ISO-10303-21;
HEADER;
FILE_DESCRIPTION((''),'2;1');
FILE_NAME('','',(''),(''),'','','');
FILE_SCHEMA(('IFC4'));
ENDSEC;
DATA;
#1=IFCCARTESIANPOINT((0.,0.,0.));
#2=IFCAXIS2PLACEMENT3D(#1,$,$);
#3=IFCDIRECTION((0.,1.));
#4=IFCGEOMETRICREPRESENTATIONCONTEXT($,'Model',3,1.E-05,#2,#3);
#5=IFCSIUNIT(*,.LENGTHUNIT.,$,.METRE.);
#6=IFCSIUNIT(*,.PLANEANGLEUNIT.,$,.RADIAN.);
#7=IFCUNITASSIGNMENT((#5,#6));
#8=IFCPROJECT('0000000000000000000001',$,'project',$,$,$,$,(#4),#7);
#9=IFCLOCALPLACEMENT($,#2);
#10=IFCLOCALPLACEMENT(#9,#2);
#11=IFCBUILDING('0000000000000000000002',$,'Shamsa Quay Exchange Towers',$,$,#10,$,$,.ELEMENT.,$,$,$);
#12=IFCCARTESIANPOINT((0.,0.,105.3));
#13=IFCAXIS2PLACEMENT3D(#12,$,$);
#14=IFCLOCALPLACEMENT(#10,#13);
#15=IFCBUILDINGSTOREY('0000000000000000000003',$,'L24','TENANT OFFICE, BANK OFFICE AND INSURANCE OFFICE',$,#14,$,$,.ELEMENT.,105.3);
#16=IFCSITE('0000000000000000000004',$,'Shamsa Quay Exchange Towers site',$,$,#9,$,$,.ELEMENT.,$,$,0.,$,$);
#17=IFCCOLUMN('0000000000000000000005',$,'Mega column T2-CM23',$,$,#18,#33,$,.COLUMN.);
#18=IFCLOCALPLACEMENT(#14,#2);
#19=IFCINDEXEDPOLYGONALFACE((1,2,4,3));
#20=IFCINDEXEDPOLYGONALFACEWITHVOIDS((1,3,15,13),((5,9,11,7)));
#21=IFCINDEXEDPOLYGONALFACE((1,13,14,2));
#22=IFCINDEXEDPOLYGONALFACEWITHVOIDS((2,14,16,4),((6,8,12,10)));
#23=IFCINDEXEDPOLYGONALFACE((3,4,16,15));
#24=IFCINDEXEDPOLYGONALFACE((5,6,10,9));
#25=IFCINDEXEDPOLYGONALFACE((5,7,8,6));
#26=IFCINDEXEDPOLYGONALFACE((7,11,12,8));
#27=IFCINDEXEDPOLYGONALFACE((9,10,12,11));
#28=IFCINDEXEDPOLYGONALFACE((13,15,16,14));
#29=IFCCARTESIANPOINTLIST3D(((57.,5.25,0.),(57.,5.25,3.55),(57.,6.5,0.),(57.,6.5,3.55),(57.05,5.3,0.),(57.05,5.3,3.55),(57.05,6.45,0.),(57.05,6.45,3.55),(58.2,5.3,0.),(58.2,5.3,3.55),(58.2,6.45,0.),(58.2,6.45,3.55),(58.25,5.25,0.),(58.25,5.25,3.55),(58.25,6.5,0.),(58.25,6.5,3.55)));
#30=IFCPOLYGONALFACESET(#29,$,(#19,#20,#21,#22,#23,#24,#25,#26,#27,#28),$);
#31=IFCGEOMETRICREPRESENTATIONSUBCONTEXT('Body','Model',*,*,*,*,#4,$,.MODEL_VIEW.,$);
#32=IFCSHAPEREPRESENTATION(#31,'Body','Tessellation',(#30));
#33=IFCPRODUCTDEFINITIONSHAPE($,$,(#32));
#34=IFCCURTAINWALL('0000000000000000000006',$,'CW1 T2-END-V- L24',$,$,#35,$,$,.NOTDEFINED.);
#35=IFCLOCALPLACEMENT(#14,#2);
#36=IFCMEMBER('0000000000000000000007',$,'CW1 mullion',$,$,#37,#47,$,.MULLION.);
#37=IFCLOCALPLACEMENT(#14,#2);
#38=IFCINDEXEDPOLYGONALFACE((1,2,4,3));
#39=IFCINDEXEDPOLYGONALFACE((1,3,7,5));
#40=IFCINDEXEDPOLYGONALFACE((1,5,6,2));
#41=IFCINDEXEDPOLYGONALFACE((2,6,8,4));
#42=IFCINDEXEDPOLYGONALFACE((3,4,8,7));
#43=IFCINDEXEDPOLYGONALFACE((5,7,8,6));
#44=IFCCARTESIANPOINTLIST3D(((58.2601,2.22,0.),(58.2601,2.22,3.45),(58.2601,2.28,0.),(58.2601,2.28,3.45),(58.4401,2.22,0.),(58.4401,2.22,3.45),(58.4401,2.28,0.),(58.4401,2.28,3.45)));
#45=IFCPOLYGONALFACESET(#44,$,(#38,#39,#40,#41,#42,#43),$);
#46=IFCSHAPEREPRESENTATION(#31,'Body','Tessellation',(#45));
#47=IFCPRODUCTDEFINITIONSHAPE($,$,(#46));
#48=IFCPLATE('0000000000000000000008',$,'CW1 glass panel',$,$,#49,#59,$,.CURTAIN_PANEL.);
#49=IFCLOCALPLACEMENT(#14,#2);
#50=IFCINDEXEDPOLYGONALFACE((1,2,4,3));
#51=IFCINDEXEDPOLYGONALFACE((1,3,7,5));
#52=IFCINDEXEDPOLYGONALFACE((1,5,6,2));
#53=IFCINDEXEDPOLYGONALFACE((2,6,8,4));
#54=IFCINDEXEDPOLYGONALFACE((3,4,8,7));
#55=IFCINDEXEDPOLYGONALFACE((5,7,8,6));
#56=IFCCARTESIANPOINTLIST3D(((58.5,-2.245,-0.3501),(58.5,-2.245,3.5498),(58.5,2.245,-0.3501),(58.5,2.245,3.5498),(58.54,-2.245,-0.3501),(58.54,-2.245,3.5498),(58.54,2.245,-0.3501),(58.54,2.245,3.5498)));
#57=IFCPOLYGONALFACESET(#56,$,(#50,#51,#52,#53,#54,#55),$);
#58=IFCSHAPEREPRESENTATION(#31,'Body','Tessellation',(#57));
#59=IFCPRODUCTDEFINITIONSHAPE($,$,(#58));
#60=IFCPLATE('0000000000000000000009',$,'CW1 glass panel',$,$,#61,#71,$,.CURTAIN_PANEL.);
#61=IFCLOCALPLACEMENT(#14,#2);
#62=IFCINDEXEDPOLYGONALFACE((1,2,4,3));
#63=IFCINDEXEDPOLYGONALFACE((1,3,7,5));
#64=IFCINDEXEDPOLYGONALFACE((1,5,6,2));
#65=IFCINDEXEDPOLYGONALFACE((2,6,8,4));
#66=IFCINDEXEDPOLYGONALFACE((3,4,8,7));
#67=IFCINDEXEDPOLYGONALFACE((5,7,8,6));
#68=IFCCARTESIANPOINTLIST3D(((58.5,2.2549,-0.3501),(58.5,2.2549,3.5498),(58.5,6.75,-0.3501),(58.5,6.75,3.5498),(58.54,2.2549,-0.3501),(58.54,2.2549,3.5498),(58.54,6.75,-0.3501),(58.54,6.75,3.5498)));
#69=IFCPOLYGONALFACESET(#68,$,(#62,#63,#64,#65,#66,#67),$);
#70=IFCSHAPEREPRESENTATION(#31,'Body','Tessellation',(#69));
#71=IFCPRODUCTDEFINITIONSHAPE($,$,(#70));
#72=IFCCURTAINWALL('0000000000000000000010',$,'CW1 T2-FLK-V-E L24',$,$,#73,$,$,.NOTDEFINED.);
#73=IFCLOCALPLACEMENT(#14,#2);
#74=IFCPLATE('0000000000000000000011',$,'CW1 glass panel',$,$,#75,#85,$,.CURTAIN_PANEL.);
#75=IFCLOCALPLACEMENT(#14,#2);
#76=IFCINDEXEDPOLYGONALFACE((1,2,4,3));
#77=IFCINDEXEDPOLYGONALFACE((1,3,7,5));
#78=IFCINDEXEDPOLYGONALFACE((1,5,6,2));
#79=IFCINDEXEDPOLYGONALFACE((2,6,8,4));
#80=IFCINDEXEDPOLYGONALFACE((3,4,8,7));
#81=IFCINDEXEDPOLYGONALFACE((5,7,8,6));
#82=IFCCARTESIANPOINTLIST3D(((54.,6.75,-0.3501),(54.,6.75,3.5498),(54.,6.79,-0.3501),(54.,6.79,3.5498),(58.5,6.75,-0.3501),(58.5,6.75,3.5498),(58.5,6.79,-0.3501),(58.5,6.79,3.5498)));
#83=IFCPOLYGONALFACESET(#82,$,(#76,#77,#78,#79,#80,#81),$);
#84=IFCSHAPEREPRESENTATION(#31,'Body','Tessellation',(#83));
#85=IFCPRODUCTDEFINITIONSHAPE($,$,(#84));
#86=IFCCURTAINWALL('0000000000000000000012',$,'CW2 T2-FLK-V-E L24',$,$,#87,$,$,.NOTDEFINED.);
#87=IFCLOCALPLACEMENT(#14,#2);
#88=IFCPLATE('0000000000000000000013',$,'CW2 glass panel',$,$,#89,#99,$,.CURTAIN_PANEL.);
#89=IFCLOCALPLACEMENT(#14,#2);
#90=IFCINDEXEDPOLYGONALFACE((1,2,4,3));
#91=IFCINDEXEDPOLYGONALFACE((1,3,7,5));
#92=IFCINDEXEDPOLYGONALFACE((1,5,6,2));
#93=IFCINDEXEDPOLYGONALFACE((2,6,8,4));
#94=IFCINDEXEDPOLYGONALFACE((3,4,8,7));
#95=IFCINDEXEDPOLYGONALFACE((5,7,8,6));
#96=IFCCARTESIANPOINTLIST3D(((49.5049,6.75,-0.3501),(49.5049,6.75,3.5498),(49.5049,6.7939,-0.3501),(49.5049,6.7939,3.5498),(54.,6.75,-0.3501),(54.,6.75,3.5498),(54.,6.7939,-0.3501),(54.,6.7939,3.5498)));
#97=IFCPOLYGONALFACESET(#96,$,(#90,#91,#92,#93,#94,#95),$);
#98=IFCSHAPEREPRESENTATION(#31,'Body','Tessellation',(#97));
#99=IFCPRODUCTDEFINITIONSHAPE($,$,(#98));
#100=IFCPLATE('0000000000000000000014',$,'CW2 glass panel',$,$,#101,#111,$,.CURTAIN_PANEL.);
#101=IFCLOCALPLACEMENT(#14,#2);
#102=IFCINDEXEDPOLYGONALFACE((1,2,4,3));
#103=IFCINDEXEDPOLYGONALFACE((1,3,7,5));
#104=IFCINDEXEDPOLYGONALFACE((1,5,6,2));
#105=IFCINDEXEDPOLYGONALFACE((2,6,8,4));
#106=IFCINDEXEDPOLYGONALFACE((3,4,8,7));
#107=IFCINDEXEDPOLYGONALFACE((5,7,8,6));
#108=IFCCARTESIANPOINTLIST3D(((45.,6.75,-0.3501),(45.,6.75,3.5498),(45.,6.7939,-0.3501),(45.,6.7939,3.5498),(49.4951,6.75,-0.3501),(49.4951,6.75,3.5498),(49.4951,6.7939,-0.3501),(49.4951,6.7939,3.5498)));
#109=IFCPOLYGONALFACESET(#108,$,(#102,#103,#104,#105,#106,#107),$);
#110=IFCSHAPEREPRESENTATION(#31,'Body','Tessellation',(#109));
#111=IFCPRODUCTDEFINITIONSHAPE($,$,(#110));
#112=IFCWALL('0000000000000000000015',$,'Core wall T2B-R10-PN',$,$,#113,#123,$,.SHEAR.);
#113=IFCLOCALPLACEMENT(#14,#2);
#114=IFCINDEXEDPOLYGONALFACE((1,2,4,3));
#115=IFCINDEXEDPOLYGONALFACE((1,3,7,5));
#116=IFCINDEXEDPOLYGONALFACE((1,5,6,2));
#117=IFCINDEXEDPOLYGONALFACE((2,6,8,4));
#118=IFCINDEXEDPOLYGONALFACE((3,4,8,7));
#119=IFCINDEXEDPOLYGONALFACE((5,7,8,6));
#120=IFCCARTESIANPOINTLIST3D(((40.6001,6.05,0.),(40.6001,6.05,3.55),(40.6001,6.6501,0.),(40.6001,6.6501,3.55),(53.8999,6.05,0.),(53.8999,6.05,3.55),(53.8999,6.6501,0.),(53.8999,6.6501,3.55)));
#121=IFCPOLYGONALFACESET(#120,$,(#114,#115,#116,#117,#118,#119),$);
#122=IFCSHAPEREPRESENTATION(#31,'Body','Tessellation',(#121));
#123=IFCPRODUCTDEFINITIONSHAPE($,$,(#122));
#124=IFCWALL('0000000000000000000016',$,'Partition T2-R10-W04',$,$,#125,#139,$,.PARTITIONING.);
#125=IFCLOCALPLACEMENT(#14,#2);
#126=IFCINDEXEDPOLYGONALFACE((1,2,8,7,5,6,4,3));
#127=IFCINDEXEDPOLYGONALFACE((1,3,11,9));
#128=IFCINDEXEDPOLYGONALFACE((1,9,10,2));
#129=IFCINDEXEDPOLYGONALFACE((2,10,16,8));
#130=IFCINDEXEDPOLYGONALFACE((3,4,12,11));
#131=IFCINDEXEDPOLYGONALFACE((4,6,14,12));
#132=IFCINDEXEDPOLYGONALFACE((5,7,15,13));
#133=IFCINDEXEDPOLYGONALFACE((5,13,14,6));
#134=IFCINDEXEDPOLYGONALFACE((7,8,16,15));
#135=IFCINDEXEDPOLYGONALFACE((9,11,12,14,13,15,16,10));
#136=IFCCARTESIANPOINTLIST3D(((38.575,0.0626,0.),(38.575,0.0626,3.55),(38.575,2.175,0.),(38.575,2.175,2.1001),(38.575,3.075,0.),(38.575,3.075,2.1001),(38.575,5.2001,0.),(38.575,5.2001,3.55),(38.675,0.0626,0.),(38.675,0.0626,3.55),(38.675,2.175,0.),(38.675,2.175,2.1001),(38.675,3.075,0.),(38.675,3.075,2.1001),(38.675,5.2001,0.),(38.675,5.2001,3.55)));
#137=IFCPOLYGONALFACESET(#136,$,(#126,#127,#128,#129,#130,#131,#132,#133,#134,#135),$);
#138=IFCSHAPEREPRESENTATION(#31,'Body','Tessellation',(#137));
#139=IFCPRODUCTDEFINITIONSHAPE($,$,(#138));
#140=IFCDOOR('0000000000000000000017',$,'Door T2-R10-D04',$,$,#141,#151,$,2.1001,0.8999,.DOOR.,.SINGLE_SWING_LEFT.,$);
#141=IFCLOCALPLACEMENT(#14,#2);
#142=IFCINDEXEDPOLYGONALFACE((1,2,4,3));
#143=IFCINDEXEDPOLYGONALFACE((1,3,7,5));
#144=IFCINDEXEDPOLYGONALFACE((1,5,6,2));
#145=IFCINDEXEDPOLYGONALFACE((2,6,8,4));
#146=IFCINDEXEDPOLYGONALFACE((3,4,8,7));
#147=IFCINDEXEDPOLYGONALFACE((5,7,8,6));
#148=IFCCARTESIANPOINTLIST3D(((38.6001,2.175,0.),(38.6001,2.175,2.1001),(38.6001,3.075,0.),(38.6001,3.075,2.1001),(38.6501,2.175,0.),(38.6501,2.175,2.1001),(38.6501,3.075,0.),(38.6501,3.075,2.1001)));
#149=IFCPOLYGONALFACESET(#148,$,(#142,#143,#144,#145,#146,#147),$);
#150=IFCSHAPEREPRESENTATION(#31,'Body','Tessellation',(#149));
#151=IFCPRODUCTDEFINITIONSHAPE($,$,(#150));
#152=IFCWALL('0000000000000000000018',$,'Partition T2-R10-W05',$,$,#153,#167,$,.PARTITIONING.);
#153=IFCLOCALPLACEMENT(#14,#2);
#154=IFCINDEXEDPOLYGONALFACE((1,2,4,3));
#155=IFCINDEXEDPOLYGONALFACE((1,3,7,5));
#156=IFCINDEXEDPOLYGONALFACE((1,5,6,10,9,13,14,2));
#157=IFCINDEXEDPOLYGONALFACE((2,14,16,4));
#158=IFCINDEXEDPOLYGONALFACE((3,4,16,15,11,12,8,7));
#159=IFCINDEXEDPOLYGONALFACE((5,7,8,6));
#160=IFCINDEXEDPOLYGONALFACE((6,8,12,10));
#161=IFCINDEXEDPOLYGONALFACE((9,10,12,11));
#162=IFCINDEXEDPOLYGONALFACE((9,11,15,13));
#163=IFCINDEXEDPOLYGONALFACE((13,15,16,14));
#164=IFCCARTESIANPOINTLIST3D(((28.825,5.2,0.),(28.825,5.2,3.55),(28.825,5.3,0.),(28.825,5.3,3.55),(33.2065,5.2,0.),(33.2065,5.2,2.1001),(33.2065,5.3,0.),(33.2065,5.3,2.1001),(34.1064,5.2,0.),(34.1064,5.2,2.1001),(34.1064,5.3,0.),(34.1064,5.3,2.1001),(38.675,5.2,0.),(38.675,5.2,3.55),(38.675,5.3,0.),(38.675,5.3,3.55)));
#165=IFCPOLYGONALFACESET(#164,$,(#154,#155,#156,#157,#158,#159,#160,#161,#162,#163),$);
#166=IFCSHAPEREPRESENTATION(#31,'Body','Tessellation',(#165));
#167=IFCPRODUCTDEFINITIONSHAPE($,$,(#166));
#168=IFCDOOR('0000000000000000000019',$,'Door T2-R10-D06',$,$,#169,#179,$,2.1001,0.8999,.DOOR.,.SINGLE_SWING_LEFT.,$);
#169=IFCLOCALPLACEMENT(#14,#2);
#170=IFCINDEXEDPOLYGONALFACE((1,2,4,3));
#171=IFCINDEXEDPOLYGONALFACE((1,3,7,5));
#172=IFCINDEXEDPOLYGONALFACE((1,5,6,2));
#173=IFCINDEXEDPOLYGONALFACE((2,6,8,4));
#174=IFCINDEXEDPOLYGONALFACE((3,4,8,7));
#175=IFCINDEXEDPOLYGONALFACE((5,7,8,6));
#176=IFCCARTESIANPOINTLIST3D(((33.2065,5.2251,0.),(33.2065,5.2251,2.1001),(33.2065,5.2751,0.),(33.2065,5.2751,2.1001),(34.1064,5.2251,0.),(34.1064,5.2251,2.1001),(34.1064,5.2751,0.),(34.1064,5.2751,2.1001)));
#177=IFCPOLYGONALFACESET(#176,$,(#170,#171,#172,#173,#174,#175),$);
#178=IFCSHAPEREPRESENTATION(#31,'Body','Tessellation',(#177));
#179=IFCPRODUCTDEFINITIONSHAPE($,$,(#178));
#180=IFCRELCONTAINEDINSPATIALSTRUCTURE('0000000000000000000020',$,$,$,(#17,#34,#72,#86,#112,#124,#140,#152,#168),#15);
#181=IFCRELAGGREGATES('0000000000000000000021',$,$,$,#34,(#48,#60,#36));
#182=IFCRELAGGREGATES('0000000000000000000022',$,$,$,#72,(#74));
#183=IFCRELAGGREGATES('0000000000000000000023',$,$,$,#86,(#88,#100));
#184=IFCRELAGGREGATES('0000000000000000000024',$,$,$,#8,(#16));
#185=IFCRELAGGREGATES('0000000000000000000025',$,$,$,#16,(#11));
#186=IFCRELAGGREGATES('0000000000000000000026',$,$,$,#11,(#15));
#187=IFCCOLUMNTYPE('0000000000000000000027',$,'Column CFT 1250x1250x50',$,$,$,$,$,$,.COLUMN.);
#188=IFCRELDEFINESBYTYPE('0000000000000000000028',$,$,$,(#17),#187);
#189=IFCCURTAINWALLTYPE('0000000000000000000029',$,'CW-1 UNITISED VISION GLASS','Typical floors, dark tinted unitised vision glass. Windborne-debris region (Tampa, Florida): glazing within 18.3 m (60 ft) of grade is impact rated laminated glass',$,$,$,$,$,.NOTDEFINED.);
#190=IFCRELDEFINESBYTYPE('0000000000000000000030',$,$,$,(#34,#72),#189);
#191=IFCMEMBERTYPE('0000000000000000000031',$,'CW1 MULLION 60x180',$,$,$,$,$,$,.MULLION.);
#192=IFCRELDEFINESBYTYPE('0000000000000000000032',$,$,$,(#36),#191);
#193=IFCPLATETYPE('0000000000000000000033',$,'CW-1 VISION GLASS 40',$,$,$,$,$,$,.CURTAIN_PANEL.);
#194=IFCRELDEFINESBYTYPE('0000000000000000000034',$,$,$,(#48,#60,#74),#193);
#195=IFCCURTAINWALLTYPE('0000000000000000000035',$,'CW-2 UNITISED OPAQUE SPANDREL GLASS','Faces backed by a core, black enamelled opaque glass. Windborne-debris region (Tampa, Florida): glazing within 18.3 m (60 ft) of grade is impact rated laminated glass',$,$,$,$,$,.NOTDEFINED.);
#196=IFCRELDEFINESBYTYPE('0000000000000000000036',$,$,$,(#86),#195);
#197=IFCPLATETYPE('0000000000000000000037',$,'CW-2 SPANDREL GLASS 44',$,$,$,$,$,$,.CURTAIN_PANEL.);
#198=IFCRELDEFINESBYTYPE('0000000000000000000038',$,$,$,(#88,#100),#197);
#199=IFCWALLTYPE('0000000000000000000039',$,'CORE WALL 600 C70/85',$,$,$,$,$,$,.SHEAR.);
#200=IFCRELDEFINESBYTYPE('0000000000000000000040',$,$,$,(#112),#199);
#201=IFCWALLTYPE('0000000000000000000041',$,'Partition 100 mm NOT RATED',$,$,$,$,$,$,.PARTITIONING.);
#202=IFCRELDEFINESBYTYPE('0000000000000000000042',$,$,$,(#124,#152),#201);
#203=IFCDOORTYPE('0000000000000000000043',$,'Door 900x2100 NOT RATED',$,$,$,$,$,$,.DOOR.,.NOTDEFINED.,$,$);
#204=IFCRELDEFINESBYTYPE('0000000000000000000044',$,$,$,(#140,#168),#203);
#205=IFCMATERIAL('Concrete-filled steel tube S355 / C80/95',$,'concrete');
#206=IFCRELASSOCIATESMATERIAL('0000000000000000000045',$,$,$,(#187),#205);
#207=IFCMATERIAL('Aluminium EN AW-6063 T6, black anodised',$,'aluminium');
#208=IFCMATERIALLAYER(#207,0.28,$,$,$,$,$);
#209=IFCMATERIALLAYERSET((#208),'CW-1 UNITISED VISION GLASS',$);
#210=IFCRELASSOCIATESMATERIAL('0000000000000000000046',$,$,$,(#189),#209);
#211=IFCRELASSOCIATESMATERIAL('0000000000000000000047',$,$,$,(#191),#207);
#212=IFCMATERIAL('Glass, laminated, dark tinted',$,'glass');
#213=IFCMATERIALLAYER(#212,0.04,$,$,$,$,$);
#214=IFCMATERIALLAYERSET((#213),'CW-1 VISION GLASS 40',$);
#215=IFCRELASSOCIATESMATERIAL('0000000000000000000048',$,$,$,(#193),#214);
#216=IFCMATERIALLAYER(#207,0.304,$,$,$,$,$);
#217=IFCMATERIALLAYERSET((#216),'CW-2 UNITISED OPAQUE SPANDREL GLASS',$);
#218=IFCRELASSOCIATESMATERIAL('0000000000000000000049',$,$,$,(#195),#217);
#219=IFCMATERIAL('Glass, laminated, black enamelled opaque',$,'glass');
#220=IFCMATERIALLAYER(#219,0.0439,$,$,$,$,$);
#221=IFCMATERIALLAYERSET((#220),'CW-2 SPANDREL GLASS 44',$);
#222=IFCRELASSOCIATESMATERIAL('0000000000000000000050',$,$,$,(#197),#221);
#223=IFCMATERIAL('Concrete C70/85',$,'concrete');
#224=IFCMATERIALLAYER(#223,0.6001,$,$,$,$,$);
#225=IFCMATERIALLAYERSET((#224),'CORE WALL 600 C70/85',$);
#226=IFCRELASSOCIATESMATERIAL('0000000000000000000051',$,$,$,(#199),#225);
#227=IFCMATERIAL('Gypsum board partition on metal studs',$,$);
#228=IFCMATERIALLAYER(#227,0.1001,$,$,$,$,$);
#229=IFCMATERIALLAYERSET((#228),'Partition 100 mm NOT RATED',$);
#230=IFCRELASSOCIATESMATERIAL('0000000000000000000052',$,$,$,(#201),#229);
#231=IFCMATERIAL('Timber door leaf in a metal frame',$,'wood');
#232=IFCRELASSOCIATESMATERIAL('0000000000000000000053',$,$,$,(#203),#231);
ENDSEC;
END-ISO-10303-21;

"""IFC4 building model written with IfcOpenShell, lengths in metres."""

from ifc_helpers import new_model, si_unit, direction, frame, frame_2d, origin, origin_2d, place, context, subcontext, project, spatial, rectangle, hollow_rectangle, extrude, material, layer, layer_set, material_profile, profile_set, type_object, element, fill, aggregate, save


model = new_model("IFC4")

# Units and contexts
model_context = context("Model", 3, precision=1e-05, world=origin(), true_north=direction((0.0, 1.0)))
body_context = subcontext(model_context, "Body", "Model", "MODEL_VIEW")
ifc_project = project(units=[si_unit("LENGTHUNIT", "METRE"), si_unit("PLANEANGLEUNIT", "RADIAN")], contexts=[model_context])

# Site, building, storey
site_placement = place(None, origin())
site = spatial("IfcSite", under=ifc_project, at=site_placement, Name="Shamsa Quay Exchange Towers site", CompositionType="ELEMENT", RefElevation=0.0)
building_placement = place(site_placement, origin())
building = spatial("IfcBuilding", under=site, at=building_placement, Name="Shamsa Quay Exchange Towers", CompositionType="ELEMENT")
storey_placement = place(building_placement, frame((0.0, 0.0, 105.3)))
storey = spatial("IfcBuildingStorey", under=building, at=storey_placement, Name="L24", Description="TENANT OFFICE, BANK OFFICE AND INSURANCE OFFICE", CompositionType="ELEMENT", Elevation=105.3)

# Column
ifc_material_1 = material(Name="Concrete-filled steel tube S355 / C80/95", Category="concrete")
ifc_material_profile_1 = material_profile(ifc_material_1, hollow_rectangle(XDim=1.25, YDim=1.25, WallThickness=0.05, at=origin_2d()), Name="CFT 1250x1250x50")
ifc_profile_set_1 = profile_set([ifc_material_profile_1], Name="Concrete-filled steel tube S355 / C80/95")
column_type = type_object("IfcColumnType", Name="Column CFT 1250x1250x50", PredefinedType="COLUMN", material=ifc_profile_set_1)
column_placement = place(storey_placement, frame((57.625, 5.875, 0.0)))
element("IfcColumn", 1, at=column_placement, inside=storey, type_object=column_type, Name="Mega column T2-CM23", PredefinedType="COLUMN", context=body_context, shape_type="SweptSolid", body=[
    extrude(hollow_rectangle(XDim=1.25, YDim=1.25, WallThickness=0.05, at=origin_2d()), origin(), (0.0, 0.0, 1.0), 3.55),
])

# Curtain wall, member, plates
ifc_material_2 = material(Name="Aluminium EN AW-6063 T6, black anodised", Category="aluminium")
ifc_layer_1 = layer(ifc_material_2, 0.28)
ifc_layer_set_1 = layer_set([ifc_layer_1], Name="CW-1 UNITISED VISION GLASS")
curtain_wall_type_1 = type_object("IfcCurtainWallType", Name="CW-1 UNITISED VISION GLASS", Description="Typical floors, dark tinted unitised vision glass. Windborne-debris region (Tampa, Florida): glazing within 18.3 m (60 ft) of grade is impact rated laminated glass", PredefinedType="NOTDEFINED", material=ifc_layer_set_1)
curtain_wall_1_placement = place(storey_placement, origin())
curtain_wall_1 = element("IfcCurtainWall", 2, at=curtain_wall_1_placement, inside=storey, type_object=curtain_wall_type_1, Name="CW1 T2-END-V- L24", PredefinedType="NOTDEFINED")
ifc_material_profile_2 = material_profile(ifc_material_2, rectangle(XDim=0.1799, YDim=0.0601, at=origin_2d()), Name="MU60x180")
ifc_profile_set_2 = profile_set([ifc_material_profile_2], Name="Aluminium EN AW-6063 T6, black anodised")
member_type = type_object("IfcMemberType", Name="CW1 MULLION 60x180", PredefinedType="MULLION", material=ifc_profile_set_2)
member_placement = place(storey_placement, frame((58.3501, 2.25, 0.0), z_axis=(0.0, 0.0, 1.0), x_axis=(-1.0, 0.0, 0.0)))
member = element("IfcMember", 3, at=member_placement, type_object=member_type, Name="CW1 mullion", PredefinedType="MULLION", context=body_context, shape_type="SweptSolid", body=[
    extrude(rectangle(XDim=0.1799, YDim=0.0601, at=origin_2d()), origin(), (0.0, 0.0, 1.0), 3.45),
])
ifc_material_3 = material(Name="Glass, laminated, dark tinted", Category="glass")
ifc_layer_2 = layer(ifc_material_3, 0.04)
ifc_layer_set_2 = layer_set([ifc_layer_2], Name="CW-1 VISION GLASS 40")
plate_type_1 = type_object("IfcPlateType", Name="CW-1 VISION GLASS 40", PredefinedType="CURTAIN_PANEL", material=ifc_layer_set_2)
plate_1_placement = place(storey_placement, frame((58.52, 0.0, -0.3501), z_axis=(0.0, 0.0, 1.0), x_axis=(0.0, 1.0, 0.0)))
plate_1 = element("IfcPlate", 4, at=plate_1_placement, type_object=plate_type_1, Name="CW1 glass panel", PredefinedType="CURTAIN_PANEL", context=body_context, shape_type="SweptSolid", body=[
    extrude(rectangle(XDim=4.49, YDim=0.04, at=origin_2d()), origin(), (0.0, 0.0, 1.0), 3.8999),
])
plate_2_placement = place(storey_placement, frame((58.52, 4.5024, -0.3501), z_axis=(0.0, 0.0, 1.0), x_axis=(0.0, 1.0, 0.0)))
plate_2 = element("IfcPlate", 5, at=plate_2_placement, type_object=plate_type_1, Name="CW1 glass panel", PredefinedType="CURTAIN_PANEL", context=body_context, shape_type="SweptSolid", body=[
    extrude(rectangle(XDim=4.4951, YDim=0.04, at=origin_2d()), origin(), (0.0, 0.0, 1.0), 3.8999),
])
aggregate(curtain_wall_1, [plate_1, plate_2, member])

# Curtain wall, plate
curtain_wall_2_placement = place(storey_placement, origin())
curtain_wall_2 = element("IfcCurtainWall", 6, at=curtain_wall_2_placement, inside=storey, type_object=curtain_wall_type_1, Name="CW1 T2-FLK-V-E L24", PredefinedType="NOTDEFINED")
plate_3_placement = place(storey_placement, frame((56.25, 6.77, -0.3501), z_axis=(0.0, 0.0, 1.0), x_axis=(-1.0, 0.0, 0.0)))
plate_3 = element("IfcPlate", 7, at=plate_3_placement, type_object=plate_type_1, Name="CW1 glass panel", PredefinedType="CURTAIN_PANEL", context=body_context, shape_type="SweptSolid", body=[
    extrude(rectangle(XDim=4.5, YDim=0.04, at=origin_2d()), origin(), (0.0, 0.0, 1.0), 3.8999),
])
aggregate(curtain_wall_2, [plate_3])

# Curtain wall, plates
ifc_layer_3 = layer(ifc_material_2, 0.304)
ifc_layer_set_3 = layer_set([ifc_layer_3], Name="CW-2 UNITISED OPAQUE SPANDREL GLASS")
curtain_wall_type_2 = type_object("IfcCurtainWallType", Name="CW-2 UNITISED OPAQUE SPANDREL GLASS", Description="Faces backed by a core, black enamelled opaque glass. Windborne-debris region (Tampa, Florida): glazing within 18.3 m (60 ft) of grade is impact rated laminated glass", PredefinedType="NOTDEFINED", material=ifc_layer_set_3)
curtain_wall_3_placement = place(storey_placement, origin())
curtain_wall_3 = element("IfcCurtainWall", 8, at=curtain_wall_3_placement, inside=storey, type_object=curtain_wall_type_2, Name="CW2 T2-FLK-V-E L24", PredefinedType="NOTDEFINED")
ifc_material_4 = material(Name="Glass, laminated, black enamelled opaque", Category="glass")
ifc_layer_4 = layer(ifc_material_4, 0.0439)
ifc_layer_set_4 = layer_set([ifc_layer_4], Name="CW-2 SPANDREL GLASS 44")
plate_type_2 = type_object("IfcPlateType", Name="CW-2 SPANDREL GLASS 44", PredefinedType="CURTAIN_PANEL", material=ifc_layer_set_4)
plate_4_placement = place(storey_placement, frame((51.7524, 6.772, -0.3501), z_axis=(0.0, 0.0, 1.0), x_axis=(-1.0, 0.0, 0.0)))
plate_4 = element("IfcPlate", 9, at=plate_4_placement, type_object=plate_type_2, Name="CW2 glass panel", PredefinedType="CURTAIN_PANEL", context=body_context, shape_type="SweptSolid", body=[
    extrude(rectangle(XDim=4.4951, YDim=0.0439, at=origin_2d()), origin(), (0.0, 0.0, 1.0), 3.8999),
])
plate_5_placement = place(storey_placement, frame((47.2476, 6.772, -0.3501), z_axis=(0.0, 0.0, 1.0), x_axis=(-1.0, 0.0, 0.0)))
plate_5 = element("IfcPlate", 10, at=plate_5_placement, type_object=plate_type_2, Name="CW2 glass panel", PredefinedType="CURTAIN_PANEL", context=body_context, shape_type="SweptSolid", body=[
    extrude(rectangle(XDim=4.4951, YDim=0.0439, at=origin_2d()), origin(), (0.0, 0.0, 1.0), 3.8999),
])
aggregate(curtain_wall_3, [plate_4, plate_5])

# Wall
ifc_material_5 = material(Name="Concrete C70/85", Category="concrete")
ifc_layer_5 = layer(ifc_material_5, 0.6001)
ifc_layer_set_5 = layer_set([ifc_layer_5], Name="CORE WALL 600 C70/85")
wall_type_1 = type_object("IfcWallType", Name="CORE WALL 600 C70/85", PredefinedType="SHEAR", material=ifc_layer_set_5)
wall_1_placement = place(storey_placement, frame((53.8999, 6.3501, 0.0), z_axis=(0.0, 0.0, 1.0), x_axis=(-1.0, 0.0, 0.0)))
element("IfcWall", 11, at=wall_1_placement, inside=storey, type_object=wall_type_1, Name="Core wall T2B-R10-PN", PredefinedType="SHEAR", context=body_context, shape_type="SweptSolid", body=[
    extrude(rectangle(XDim=13.2998, YDim=0.6001, at=frame_2d((6.6499, 0.0))), origin(), (0.0, 0.0, 1.0), 3.55),
])

# Walls, openings, doors
ifc_material_6 = material(Name="Gypsum board partition on metal studs")
ifc_layer_6 = layer(ifc_material_6, 0.1001)
ifc_layer_set_6 = layer_set([ifc_layer_6], Name="Partition 100 mm NOT RATED")
wall_type_2 = type_object("IfcWallType", Name="Partition 100 mm NOT RATED", PredefinedType="PARTITIONING", material=ifc_layer_set_6)
wall_2_placement = place(storey_placement, frame((38.625, 0.0625, 0.0), z_axis=(0.0, 0.0, 1.0), x_axis=(0.0, 1.0, 0.0)))
wall_2 = element("IfcWall", 12, at=wall_2_placement, inside=storey, type_object=wall_type_2, Name="Partition T2-R10-W04", PredefinedType="PARTITIONING", context=body_context, shape_type="SweptSolid", body=[
    extrude(rectangle(XDim=5.1375, YDim=0.1001, at=frame_2d((2.5688, 0.0))), origin(), (0.0, 0.0, 1.0), 3.55),
])
opening_1_placement = place(wall_2_placement, frame((2.1125, 0.0, 0.0)))
opening_1 = element("IfcOpeningElement", 13, at=opening_1_placement, cuts=wall_2, PredefinedType="OPENING", context=body_context, shape_type="SweptSolid", body=[
    extrude(rectangle(XDim=0.8999, YDim=2.1001, at=frame_2d((0.45, 1.05))), frame((0.0, 0.0601, 0.0), z_axis=(0.0, -1.0, 0.0), x_axis=(1.0, 0.0, 0.0)), (0.0, 0.0, 1.0), 0.1201),
])
ifc_material_7 = material(Name="Timber door leaf in a metal frame", Category="wood")
door_type_1 = type_object("IfcDoorType", Name="Door 900x2100 NOT RATED", OperationType="NOTDEFINED", PredefinedType="DOOR", material=ifc_material_7)
door_1_placement = place(opening_1_placement, origin())
door_1 = element("IfcDoor", 14, at=door_1_placement, inside=storey, type_object=door_type_1, Name="Door T2-R10-D04", OperationType="SINGLE_SWING_LEFT", OverallHeight=2.1001, OverallWidth=0.8999, PredefinedType="DOOR", context=body_context, shape_type="SweptSolid", body=[
    extrude(rectangle(XDim=0.8999, YDim=2.1001, at=frame_2d((0.45, 1.05))), frame((0.0, 0.0249, 0.0), z_axis=(0.0, -1.0, 0.0), x_axis=(1.0, 0.0, 0.0)), (0.0, 0.0, 1.0), 0.05),
])
fill(opening_1, door_1)
wall_3_placement = place(storey_placement, frame((38.675, 5.25, 0.0), z_axis=(0.0, 0.0, 1.0), x_axis=(-1.0, 0.0, 0.0)))
wall_3 = element("IfcWall", 15, at=wall_3_placement, inside=storey, type_object=wall_type_2, Name="Partition T2-R10-W05", PredefinedType="PARTITIONING", context=body_context, shape_type="SweptSolid", body=[
    extrude(rectangle(XDim=9.8501, YDim=0.1001, at=frame_2d((4.925, 0.0))), origin(), (0.0, 0.0, 1.0), 3.55),
])
opening_2_placement = place(wall_3_placement, frame((4.5686, 0.0, 0.0)))
opening_2 = element("IfcOpeningElement", 16, at=opening_2_placement, cuts=wall_3, PredefinedType="OPENING", context=body_context, shape_type="SweptSolid", body=[
    extrude(rectangle(XDim=0.8999, YDim=2.1001, at=frame_2d((0.45, 1.05))), frame((0.0, 0.0601, 0.0), z_axis=(0.0, -1.0, 0.0), x_axis=(1.0, 0.0, 0.0)), (0.0, 0.0, 1.0), 0.1201),
])
door_2_placement = place(opening_2_placement, origin())
door_2 = element("IfcDoor", 17, at=door_2_placement, inside=storey, type_object=door_type_1, Name="Door T2-R10-D06", OperationType="SINGLE_SWING_LEFT", OverallHeight=2.1001, OverallWidth=0.8999, PredefinedType="DOOR", context=body_context, shape_type="SweptSolid", body=[
    extrude(rectangle(XDim=0.8999, YDim=2.1001, at=frame_2d((0.45, 1.05))), frame((0.0, 0.0249, 0.0), z_axis=(0.0, -1.0, 0.0), x_axis=(1.0, 0.0, 0.0)), (0.0, 0.0, 1.0), 0.05),
])
fill(opening_2, door_2)

save(model, "model.ifc")
